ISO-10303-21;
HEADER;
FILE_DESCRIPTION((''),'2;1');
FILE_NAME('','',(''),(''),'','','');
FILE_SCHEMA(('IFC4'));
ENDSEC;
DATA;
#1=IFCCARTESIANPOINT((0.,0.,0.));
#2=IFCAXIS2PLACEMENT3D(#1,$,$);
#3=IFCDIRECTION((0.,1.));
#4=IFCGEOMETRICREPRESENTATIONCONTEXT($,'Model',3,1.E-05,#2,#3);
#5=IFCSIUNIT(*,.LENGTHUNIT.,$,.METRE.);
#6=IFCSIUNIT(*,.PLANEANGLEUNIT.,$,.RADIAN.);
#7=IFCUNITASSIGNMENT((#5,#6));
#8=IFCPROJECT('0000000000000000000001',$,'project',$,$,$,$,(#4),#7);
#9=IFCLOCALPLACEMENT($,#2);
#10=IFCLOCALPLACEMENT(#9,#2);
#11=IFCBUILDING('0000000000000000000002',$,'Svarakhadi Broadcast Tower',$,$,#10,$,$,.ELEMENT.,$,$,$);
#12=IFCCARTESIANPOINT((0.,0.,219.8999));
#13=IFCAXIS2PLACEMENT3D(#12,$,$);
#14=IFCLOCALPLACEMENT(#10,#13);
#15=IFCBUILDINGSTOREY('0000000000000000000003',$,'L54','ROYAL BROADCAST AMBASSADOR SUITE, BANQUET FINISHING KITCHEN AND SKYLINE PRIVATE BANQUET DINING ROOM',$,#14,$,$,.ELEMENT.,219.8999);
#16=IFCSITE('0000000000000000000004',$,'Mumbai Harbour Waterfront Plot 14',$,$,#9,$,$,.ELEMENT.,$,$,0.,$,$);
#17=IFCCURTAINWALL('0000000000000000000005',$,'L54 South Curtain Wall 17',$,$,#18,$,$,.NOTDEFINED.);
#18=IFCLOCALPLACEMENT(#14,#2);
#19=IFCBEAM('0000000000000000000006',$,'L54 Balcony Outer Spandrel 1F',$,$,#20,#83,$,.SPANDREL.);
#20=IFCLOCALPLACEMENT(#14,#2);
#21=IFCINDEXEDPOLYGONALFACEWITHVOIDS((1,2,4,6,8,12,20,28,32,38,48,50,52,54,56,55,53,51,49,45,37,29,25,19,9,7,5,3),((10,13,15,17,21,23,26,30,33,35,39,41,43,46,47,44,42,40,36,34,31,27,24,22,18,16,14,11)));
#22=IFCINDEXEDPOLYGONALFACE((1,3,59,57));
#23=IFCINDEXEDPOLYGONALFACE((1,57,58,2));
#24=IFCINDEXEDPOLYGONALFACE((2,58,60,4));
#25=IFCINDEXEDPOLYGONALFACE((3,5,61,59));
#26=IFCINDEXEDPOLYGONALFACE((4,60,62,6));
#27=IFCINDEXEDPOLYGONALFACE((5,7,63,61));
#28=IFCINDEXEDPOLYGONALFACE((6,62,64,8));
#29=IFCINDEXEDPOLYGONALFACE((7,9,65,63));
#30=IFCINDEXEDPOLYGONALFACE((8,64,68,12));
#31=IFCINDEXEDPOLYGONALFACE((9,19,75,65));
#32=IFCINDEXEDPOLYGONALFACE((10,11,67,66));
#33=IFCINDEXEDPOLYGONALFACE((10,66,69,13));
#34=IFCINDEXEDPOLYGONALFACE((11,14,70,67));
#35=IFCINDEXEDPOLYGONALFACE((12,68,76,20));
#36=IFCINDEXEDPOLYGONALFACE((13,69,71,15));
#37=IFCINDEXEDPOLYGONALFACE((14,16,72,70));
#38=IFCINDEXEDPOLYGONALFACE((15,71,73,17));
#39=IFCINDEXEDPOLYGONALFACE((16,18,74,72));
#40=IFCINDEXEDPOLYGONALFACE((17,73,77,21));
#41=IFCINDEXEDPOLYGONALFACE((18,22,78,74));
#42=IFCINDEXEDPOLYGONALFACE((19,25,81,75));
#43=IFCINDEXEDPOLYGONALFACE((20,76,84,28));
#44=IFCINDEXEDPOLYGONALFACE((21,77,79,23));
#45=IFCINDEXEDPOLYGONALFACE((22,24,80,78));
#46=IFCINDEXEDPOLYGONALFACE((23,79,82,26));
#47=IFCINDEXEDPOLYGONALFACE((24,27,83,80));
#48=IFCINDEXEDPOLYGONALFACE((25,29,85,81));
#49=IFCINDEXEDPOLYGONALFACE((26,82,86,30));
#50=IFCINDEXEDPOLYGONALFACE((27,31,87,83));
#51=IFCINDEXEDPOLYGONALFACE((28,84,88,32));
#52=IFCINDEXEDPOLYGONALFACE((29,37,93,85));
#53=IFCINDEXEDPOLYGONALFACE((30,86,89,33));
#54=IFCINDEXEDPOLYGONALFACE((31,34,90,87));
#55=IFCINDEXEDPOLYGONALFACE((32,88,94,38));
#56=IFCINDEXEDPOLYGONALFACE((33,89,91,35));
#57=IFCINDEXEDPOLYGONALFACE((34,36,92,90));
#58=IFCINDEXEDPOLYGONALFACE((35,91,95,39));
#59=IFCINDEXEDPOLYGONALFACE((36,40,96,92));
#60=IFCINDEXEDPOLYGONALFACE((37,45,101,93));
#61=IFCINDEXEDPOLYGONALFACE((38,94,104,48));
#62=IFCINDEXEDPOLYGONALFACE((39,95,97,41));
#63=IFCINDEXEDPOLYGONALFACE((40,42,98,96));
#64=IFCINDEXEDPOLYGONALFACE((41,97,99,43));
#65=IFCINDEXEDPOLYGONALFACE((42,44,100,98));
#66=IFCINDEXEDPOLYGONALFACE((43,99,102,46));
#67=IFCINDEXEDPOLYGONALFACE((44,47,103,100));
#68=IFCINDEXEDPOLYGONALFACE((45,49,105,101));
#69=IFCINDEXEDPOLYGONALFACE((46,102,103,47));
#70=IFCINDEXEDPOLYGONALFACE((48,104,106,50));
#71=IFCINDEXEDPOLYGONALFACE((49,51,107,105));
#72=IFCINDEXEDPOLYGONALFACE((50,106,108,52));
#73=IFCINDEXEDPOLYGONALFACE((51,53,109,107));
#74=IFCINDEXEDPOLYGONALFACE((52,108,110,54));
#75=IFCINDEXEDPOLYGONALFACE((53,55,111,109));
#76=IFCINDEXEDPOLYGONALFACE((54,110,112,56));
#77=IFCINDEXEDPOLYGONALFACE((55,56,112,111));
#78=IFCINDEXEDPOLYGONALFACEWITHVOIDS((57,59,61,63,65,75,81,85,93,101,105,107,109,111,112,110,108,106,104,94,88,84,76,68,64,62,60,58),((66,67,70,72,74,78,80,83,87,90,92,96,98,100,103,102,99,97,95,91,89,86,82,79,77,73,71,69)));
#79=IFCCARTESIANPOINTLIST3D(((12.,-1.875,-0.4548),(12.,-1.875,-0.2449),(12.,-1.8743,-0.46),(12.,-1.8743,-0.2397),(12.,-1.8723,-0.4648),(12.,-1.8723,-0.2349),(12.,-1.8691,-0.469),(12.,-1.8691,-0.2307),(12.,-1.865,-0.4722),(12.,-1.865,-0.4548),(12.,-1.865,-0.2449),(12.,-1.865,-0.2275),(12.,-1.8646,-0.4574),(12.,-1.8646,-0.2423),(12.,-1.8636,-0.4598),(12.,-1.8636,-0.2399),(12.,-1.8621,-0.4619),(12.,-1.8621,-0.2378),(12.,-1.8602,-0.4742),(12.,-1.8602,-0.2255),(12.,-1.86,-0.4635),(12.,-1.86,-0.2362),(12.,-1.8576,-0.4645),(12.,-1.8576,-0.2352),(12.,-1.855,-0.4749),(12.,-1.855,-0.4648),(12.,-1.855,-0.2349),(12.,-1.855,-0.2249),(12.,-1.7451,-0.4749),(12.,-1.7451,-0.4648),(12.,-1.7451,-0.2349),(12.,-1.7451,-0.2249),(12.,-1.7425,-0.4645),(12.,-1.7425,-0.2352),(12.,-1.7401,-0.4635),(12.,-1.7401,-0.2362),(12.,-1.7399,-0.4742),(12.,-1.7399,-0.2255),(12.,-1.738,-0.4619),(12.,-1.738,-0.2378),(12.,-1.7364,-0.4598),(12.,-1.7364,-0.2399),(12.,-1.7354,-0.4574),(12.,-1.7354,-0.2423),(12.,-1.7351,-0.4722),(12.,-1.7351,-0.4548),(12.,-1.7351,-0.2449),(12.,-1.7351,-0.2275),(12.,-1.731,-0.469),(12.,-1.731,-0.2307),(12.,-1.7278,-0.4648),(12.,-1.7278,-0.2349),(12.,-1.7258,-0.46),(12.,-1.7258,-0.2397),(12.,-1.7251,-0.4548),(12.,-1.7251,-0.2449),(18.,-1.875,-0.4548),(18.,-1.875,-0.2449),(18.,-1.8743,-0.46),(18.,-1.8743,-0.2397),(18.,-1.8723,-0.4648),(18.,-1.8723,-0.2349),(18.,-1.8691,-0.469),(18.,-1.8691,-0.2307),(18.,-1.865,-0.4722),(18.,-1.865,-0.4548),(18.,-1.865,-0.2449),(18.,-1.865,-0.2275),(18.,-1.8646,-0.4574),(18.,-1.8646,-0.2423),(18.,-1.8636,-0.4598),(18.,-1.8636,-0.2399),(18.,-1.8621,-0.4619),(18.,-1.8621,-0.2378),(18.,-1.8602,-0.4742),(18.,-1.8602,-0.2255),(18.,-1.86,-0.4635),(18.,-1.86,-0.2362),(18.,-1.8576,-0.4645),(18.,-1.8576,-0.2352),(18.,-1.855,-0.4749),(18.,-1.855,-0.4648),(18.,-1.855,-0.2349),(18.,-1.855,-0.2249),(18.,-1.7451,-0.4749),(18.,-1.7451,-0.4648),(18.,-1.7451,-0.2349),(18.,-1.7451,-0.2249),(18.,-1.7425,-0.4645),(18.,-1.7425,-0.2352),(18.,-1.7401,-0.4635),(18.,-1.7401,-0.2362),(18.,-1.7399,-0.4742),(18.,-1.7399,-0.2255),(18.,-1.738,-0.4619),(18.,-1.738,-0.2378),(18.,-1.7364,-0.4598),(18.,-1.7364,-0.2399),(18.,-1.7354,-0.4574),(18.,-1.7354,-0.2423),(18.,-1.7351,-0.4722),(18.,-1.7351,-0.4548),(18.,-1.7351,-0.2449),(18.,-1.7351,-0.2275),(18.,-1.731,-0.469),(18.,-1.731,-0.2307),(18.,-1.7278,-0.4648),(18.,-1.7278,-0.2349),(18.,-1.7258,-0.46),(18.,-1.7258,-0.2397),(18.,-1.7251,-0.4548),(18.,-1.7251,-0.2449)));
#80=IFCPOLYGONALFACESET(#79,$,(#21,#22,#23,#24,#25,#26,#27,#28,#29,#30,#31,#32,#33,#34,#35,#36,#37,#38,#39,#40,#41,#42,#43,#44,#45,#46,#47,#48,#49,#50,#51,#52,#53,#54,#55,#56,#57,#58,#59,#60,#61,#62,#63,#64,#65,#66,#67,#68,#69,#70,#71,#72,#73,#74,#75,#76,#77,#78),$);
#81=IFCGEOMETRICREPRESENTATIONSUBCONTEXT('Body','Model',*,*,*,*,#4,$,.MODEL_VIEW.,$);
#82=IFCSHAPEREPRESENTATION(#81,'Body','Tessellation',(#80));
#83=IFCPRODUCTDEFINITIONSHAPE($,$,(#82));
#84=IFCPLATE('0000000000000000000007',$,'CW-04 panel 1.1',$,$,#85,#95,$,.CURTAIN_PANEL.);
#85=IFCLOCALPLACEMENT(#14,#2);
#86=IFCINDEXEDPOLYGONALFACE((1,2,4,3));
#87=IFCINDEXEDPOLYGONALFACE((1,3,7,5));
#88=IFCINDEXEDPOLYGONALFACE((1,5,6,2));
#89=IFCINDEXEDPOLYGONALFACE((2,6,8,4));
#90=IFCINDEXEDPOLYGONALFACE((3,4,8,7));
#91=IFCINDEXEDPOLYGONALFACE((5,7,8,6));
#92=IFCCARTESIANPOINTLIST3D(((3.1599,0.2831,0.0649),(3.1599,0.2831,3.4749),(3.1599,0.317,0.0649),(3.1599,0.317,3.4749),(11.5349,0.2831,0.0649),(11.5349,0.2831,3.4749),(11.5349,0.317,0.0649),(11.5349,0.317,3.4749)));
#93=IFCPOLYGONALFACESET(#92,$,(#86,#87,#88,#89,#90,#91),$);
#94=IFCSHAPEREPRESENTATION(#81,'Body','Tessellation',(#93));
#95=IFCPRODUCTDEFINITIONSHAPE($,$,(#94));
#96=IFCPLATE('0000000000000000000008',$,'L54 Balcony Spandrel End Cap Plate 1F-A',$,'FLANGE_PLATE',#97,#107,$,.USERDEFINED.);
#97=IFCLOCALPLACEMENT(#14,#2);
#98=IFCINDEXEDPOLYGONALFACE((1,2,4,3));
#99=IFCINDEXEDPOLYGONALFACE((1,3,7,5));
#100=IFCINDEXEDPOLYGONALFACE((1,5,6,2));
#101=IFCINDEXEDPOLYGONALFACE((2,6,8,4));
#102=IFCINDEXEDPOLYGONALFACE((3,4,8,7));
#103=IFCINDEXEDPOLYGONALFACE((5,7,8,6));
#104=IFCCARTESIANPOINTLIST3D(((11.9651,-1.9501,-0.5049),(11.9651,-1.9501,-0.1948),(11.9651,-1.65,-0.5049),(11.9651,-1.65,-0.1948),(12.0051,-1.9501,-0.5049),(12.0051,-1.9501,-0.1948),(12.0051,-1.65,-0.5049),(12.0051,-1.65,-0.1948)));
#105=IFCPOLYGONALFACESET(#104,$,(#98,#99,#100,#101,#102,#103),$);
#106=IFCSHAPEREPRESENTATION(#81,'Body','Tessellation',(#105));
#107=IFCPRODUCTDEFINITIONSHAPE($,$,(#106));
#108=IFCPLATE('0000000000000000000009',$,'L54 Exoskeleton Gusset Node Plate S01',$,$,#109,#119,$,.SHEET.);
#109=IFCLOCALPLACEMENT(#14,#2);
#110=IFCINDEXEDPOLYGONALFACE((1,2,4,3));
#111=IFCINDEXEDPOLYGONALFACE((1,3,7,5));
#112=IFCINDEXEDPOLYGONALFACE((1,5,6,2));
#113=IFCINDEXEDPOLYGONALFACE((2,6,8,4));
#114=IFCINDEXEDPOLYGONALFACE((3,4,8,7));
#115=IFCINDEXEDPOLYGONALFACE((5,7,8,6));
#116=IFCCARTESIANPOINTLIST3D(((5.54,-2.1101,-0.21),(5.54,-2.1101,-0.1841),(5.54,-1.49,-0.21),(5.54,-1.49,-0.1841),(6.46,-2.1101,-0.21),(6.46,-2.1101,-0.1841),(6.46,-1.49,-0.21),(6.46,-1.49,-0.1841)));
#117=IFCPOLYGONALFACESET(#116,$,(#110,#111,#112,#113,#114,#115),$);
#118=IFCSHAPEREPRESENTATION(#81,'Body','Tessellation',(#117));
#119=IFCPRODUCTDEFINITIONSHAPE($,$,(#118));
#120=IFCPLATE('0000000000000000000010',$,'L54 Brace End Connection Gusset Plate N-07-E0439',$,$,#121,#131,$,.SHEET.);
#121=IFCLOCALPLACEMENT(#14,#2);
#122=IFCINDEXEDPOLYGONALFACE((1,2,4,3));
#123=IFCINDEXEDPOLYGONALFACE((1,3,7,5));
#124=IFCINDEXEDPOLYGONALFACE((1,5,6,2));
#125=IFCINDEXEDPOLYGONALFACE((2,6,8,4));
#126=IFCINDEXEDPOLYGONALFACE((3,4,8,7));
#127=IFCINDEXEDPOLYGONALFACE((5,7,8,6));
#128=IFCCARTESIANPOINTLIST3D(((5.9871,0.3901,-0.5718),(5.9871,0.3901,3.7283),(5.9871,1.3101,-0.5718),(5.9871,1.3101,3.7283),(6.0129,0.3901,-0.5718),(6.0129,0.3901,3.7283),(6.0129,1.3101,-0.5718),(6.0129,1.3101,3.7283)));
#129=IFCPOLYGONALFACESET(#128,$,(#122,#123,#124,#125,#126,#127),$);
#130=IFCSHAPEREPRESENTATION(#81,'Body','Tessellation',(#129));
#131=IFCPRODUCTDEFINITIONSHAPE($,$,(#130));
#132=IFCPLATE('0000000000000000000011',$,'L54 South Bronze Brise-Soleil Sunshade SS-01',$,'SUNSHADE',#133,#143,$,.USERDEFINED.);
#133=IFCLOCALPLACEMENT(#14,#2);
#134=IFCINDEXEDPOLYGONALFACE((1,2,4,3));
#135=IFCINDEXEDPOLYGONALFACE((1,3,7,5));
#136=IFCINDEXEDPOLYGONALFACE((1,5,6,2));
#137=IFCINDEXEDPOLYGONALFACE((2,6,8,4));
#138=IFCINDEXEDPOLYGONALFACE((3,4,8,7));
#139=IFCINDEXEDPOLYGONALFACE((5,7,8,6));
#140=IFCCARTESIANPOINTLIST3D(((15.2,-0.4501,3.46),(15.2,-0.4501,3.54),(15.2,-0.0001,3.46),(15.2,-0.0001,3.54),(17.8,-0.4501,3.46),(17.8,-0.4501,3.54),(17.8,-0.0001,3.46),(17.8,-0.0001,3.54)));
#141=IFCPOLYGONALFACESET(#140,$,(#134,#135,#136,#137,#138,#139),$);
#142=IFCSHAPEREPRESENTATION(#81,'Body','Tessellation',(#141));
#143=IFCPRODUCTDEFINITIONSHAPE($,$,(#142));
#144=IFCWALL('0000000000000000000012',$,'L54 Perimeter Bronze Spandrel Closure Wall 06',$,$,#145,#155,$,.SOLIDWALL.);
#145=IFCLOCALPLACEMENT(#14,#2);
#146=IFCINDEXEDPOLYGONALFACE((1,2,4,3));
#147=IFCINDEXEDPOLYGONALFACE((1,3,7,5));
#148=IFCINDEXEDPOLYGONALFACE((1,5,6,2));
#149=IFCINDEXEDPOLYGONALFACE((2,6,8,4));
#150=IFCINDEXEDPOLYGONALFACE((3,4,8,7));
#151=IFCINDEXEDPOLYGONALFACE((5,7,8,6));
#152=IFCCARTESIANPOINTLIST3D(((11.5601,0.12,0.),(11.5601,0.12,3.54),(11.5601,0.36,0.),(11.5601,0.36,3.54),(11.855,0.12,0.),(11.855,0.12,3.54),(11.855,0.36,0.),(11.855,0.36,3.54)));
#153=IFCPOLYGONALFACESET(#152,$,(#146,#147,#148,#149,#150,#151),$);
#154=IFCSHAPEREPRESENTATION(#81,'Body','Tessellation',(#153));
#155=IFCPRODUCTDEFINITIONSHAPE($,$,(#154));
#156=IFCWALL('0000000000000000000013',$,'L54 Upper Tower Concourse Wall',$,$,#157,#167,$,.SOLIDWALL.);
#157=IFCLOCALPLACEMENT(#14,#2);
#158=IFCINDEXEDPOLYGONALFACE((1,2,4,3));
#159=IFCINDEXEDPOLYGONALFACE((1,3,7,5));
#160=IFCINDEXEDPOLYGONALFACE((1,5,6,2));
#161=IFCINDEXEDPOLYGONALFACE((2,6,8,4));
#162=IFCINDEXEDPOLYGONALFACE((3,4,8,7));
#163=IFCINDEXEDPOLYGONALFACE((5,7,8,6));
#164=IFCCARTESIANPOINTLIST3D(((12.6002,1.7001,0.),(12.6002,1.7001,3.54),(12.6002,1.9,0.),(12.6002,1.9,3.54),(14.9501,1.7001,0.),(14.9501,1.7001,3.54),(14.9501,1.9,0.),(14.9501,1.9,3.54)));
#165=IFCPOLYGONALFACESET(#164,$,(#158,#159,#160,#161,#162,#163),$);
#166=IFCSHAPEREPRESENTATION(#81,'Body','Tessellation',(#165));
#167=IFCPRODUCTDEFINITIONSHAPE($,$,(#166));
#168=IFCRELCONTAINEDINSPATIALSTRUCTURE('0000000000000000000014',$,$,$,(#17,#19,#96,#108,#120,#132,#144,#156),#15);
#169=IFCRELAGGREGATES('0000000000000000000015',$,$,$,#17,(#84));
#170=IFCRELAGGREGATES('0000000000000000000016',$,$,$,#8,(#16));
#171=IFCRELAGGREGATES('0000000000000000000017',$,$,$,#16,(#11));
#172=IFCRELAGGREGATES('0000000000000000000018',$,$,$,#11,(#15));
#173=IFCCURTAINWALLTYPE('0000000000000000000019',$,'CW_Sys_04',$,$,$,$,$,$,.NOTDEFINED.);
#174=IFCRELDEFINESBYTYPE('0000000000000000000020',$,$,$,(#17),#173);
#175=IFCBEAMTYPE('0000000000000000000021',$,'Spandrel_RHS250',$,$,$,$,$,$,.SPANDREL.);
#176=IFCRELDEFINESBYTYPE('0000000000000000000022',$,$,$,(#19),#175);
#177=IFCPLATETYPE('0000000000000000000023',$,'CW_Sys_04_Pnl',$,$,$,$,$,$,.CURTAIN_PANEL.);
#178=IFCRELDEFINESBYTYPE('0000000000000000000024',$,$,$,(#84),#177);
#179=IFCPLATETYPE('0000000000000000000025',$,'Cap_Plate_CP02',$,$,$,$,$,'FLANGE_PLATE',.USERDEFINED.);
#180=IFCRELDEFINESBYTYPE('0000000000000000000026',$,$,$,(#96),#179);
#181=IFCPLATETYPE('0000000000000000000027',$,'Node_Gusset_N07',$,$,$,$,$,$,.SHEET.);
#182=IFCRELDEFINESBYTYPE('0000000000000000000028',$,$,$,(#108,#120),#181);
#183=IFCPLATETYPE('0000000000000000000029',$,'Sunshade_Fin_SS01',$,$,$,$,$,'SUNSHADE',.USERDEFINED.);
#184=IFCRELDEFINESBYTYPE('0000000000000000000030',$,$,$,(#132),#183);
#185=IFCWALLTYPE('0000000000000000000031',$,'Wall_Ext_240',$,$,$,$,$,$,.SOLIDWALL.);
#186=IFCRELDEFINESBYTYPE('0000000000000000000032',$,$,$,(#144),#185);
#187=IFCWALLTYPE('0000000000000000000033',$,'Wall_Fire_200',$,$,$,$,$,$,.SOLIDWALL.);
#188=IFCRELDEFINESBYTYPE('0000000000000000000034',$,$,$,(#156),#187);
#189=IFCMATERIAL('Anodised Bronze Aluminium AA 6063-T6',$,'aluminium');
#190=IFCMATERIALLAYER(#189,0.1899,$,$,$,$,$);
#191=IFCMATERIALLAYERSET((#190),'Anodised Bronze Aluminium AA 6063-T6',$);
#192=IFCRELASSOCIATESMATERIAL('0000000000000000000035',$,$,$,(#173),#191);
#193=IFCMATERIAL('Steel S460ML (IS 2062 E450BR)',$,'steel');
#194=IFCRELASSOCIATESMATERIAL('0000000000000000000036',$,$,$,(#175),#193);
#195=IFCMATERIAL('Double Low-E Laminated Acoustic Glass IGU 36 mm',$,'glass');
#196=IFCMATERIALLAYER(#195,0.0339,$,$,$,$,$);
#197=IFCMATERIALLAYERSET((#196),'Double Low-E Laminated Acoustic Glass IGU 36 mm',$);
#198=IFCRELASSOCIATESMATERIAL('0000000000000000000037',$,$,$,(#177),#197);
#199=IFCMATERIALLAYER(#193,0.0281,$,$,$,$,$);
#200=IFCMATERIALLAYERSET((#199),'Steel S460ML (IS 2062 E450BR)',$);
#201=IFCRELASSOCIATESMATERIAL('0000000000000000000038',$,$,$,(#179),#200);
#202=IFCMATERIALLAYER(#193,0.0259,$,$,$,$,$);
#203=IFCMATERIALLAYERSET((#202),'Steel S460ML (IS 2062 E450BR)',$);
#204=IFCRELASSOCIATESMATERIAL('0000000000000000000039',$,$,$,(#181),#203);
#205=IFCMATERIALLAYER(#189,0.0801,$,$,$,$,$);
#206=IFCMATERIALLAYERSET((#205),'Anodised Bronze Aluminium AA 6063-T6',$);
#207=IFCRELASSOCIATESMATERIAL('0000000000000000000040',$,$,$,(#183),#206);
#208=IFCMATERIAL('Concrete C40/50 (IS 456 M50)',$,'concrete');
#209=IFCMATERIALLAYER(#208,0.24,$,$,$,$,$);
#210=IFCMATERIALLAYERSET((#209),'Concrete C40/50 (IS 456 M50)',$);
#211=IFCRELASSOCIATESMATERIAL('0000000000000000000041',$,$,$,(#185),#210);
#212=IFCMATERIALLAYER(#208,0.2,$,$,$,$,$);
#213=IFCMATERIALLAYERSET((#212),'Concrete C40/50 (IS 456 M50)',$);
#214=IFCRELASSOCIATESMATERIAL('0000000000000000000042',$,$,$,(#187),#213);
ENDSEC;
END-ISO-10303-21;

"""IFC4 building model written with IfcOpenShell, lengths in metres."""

from ifc_helpers import new_model, si_unit, direction, frame, frame_2d, origin, origin_2d, place, context, subcontext, project, spatial, rectangle, hollow_rectangle, extrude, material, layer, layer_set, material_profile, profile_set, type_object, element, aggregate, save


model = new_model("IFC4")

# Units and contexts
model_context = context("Model", 3, precision=1e-05, world=origin(), true_north=direction((0.0, 1.0)))
body_context = subcontext(model_context, "Body", "Model", "MODEL_VIEW")
ifc_project = project(units=[si_unit("LENGTHUNIT", "METRE"), si_unit("PLANEANGLEUNIT", "RADIAN")], contexts=[model_context])

# Site, building, storey
site_placement = place(None, origin())
site = spatial("IfcSite", under=ifc_project, at=site_placement, Name="Mumbai Harbour Waterfront Plot 14", CompositionType="ELEMENT", RefElevation=0.0)
building_placement = place(site_placement, origin())
building = spatial("IfcBuilding", under=site, at=building_placement, Name="Svarakhadi Broadcast Tower", CompositionType="ELEMENT")
storey_placement = place(building_placement, frame((0.0, 0.0, 219.8999)))
storey = spatial("IfcBuildingStorey", under=building, at=storey_placement, Name="L54", Description="ROYAL BROADCAST AMBASSADOR SUITE, BANQUET FINISHING KITCHEN AND SKYLINE PRIVATE BANQUET DINING ROOM", CompositionType="ELEMENT", Elevation=219.8999)

# Shared definitions
ifc_material_1 = material(Name="Steel S460ML (IS 2062 E450BR)", Category="steel")

# Curtain wall
ifc_material_2 = material(Name="Anodised Bronze Aluminium AA 6063-T6", Category="aluminium")
ifc_layer_1 = layer(ifc_material_2, 0.1899)
ifc_layer_set_1 = layer_set([ifc_layer_1], Name="Anodised Bronze Aluminium AA 6063-T6")
curtain_wall_type = type_object("IfcCurtainWallType", Name="CW_Sys_04", PredefinedType="NOTDEFINED", material=ifc_layer_set_1)
curtain_wall_placement = place(storey_placement, origin())
curtain_wall = element("IfcCurtainWall", 1, at=curtain_wall_placement, inside=storey, type_object=curtain_wall_type, Name="L54 South Curtain Wall 17", PredefinedType="NOTDEFINED")

# Beam
ifc_material_profile_1 = material_profile(ifc_material_1, hollow_rectangle(XDim=0.1499, YDim=0.25, WallThickness=0.01, InnerFilletRadius=0.01, OuterFilletRadius=0.02, at=origin_2d()), Name="RHS 250x150x10")
ifc_profile_set_1 = profile_set([ifc_material_profile_1], Name="Steel S460ML (IS 2062 E450BR)")
beam_type_1 = type_object("IfcBeamType", Name="Spandrel_RHS250", PredefinedType="SPANDREL", material=ifc_profile_set_1)
beam_1_placement = place(storey_placement, frame((12.0, -1.8, -0.3499), z_axis=(1.0, 0.0, 0.0), x_axis=(0.0, 1.0, 0.0)))
element("IfcBeam", 2, at=beam_1_placement, inside=storey, type_object=beam_type_1, Name="L54 Balcony Outer Spandrel 1F", PredefinedType="SPANDREL", context=body_context, shape_type="SweptSolid", body=[
    extrude(hollow_rectangle(XDim=0.1499, YDim=0.25, WallThickness=0.01, InnerFilletRadius=0.01, OuterFilletRadius=0.02, at=origin_2d()), origin(), (0.0, 0.0, 1.0), 6.0),
])

# Plate
ifc_material_3 = material(Name="Double Low-E Laminated Acoustic Glass IGU 36 mm", Category="glass")
ifc_layer_2 = layer(ifc_material_3, 0.0339)
ifc_layer_set_2 = layer_set([ifc_layer_2], Name="Double Low-E Laminated Acoustic Glass IGU 36 mm")
plate_type_1 = type_object("IfcPlateType", Name="CW_Sys_04_Pnl", PredefinedType="CURTAIN_PANEL", material=ifc_layer_set_2)
plate_1_placement = place(storey_placement, frame((7.3474, 0.3, 0.0649), z_axis=(0.0, 0.0, 1.0), x_axis=(-1.0, 0.0, 0.0)))
plate_1 = element("IfcPlate", 3, at=plate_1_placement, type_object=plate_type_1, Name="CW-04 panel 1.1", PredefinedType="CURTAIN_PANEL", context=body_context, shape_type="SweptSolid", body=[
    extrude(rectangle(XDim=8.375, YDim=0.0339, at=origin_2d()), origin(), (0.0, 0.0, 1.0), 3.4099),
])
aggregate(curtain_wall, [plate_1])

# Plates
ifc_layer_3 = layer(ifc_material_1, 0.0281)
ifc_layer_set_3 = layer_set([ifc_layer_3], Name="Steel S460ML (IS 2062 E450BR)")
plate_type_2 = type_object("IfcPlateType", Name="Cap_Plate_CP02", ElementType="FLANGE_PLATE", PredefinedType="USERDEFINED", material=ifc_layer_set_3)
plate_2_placement = place(storey_placement, frame((11.9851, -1.8, -0.5049), z_axis=(0.0, 0.0, 1.0), x_axis=(1.0, 0.0, 0.0)))
element("IfcPlate", 4, at=plate_2_placement, inside=storey, type_object=plate_type_2, Name="L54 Balcony Spandrel End Cap Plate 1F-A", ObjectType="FLANGE_PLATE", PredefinedType="USERDEFINED", context=body_context, shape_type="SweptSolid", body=[
    extrude(rectangle(XDim=0.04, YDim=0.3, at=origin_2d()), origin(), (0.0, 0.0, 1.0), 0.3101),
])
ifc_layer_4 = layer(ifc_material_1, 0.0259)
ifc_layer_set_4 = layer_set([ifc_layer_4], Name="Steel S460ML (IS 2062 E450BR)")
plate_type_3 = type_object("IfcPlateType", Name="Node_Gusset_N07", PredefinedType="SHEET", material=ifc_layer_set_4)
plate_3_placement = place(storey_placement, frame((6.0, -1.8, -0.21), z_axis=(0.0, 0.0, 1.0), x_axis=(1.0, 0.0, 0.0)))
element("IfcPlate", 5, at=plate_3_placement, inside=storey, type_object=plate_type_3, Name="L54 Exoskeleton Gusset Node Plate S01", PredefinedType="SHEET", context=body_context, shape_type="SweptSolid", body=[
    extrude(rectangle(XDim=0.9199, YDim=0.6201, at=origin_2d()), origin(), (0.0, 0.0, 1.0), 0.0259),
])
plate_4_placement = place(storey_placement, frame((6.0, 0.8501, -0.5718), z_axis=(0.0, 0.0, 1.0), x_axis=(0.0, 1.0, 0.0)))
element("IfcPlate", 6, at=plate_4_placement, inside=storey, type_object=plate_type_3, Name="L54 Brace End Connection Gusset Plate N-07-E0439", PredefinedType="SHEET", context=body_context, shape_type="SweptSolid", body=[
    extrude(rectangle(XDim=0.9199, YDim=0.0259, at=origin_2d()), origin(), (0.0, 0.0, 1.0), 4.3),
])
ifc_layer_5 = layer(ifc_material_2, 0.0801)
ifc_layer_set_5 = layer_set([ifc_layer_5], Name="Anodised Bronze Aluminium AA 6063-T6")
plate_type_4 = type_object("IfcPlateType", Name="Sunshade_Fin_SS01", ElementType="SUNSHADE", PredefinedType="USERDEFINED", material=ifc_layer_set_5)
plate_5_placement = place(storey_placement, frame((16.5, -0.2251, 3.46), z_axis=(0.0, 0.0, 1.0), x_axis=(1.0, 0.0, 0.0)))
element("IfcPlate", 7, at=plate_5_placement, inside=storey, type_object=plate_type_4, Name="L54 South Bronze Brise-Soleil Sunshade SS-01", ObjectType="SUNSHADE", PredefinedType="USERDEFINED", context=body_context, shape_type="SweptSolid", body=[
    extrude(rectangle(XDim=2.6001, YDim=0.45, at=origin_2d()), origin(), (0.0, 0.0, 1.0), 0.0801),
])

# Walls
ifc_material_4 = material(Name="Concrete C40/50 (IS 456 M50)", Category="concrete")
ifc_layer_6 = layer(ifc_material_4, 0.24)
ifc_layer_set_6 = layer_set([ifc_layer_6], Name="Concrete C40/50 (IS 456 M50)")
wall_type_1 = type_object("IfcWallType", Name="Wall_Ext_240", PredefinedType="SOLIDWALL", material=ifc_layer_set_6)
wall_1_placement = place(storey_placement, frame((11.855, 0.24, 0.0), z_axis=(0.0, 0.0, 1.0), x_axis=(-1.0, 0.0, 0.0)))
element("IfcWall", 8, at=wall_1_placement, inside=storey, type_object=wall_type_1, Name="L54 Perimeter Bronze Spandrel Closure Wall 06", PredefinedType="SOLIDWALL", context=body_context, shape_type="SweptSolid", body=[
    extrude(rectangle(XDim=0.2949, YDim=0.24, at=frame_2d((0.1475, 0.0))), origin(), (0.0, 0.0, 1.0), 3.54),
])
ifc_layer_7 = layer(ifc_material_4, 0.2)
ifc_layer_set_7 = layer_set([ifc_layer_7], Name="Concrete C40/50 (IS 456 M50)")
wall_type_2 = type_object("IfcWallType", Name="Wall_Fire_200", PredefinedType="SOLIDWALL", material=ifc_layer_set_7)
wall_2_placement = place(storey_placement, frame((14.95, 1.8, 0.0), z_axis=(0.0, 0.0, 1.0), x_axis=(-1.0, 0.0, 0.0)))
element("IfcWall", 9, at=wall_2_placement, inside=storey, type_object=wall_type_2, Name="L54 Upper Tower Concourse Wall", PredefinedType="SOLIDWALL", context=body_context, shape_type="SweptSolid", body=[
    extrude(rectangle(XDim=2.3499, YDim=0.2, at=frame_2d((1.1748, 0.0))), origin(), (0.0, 0.0, 1.0), 3.54),
])

save(model, "model.ifc")
